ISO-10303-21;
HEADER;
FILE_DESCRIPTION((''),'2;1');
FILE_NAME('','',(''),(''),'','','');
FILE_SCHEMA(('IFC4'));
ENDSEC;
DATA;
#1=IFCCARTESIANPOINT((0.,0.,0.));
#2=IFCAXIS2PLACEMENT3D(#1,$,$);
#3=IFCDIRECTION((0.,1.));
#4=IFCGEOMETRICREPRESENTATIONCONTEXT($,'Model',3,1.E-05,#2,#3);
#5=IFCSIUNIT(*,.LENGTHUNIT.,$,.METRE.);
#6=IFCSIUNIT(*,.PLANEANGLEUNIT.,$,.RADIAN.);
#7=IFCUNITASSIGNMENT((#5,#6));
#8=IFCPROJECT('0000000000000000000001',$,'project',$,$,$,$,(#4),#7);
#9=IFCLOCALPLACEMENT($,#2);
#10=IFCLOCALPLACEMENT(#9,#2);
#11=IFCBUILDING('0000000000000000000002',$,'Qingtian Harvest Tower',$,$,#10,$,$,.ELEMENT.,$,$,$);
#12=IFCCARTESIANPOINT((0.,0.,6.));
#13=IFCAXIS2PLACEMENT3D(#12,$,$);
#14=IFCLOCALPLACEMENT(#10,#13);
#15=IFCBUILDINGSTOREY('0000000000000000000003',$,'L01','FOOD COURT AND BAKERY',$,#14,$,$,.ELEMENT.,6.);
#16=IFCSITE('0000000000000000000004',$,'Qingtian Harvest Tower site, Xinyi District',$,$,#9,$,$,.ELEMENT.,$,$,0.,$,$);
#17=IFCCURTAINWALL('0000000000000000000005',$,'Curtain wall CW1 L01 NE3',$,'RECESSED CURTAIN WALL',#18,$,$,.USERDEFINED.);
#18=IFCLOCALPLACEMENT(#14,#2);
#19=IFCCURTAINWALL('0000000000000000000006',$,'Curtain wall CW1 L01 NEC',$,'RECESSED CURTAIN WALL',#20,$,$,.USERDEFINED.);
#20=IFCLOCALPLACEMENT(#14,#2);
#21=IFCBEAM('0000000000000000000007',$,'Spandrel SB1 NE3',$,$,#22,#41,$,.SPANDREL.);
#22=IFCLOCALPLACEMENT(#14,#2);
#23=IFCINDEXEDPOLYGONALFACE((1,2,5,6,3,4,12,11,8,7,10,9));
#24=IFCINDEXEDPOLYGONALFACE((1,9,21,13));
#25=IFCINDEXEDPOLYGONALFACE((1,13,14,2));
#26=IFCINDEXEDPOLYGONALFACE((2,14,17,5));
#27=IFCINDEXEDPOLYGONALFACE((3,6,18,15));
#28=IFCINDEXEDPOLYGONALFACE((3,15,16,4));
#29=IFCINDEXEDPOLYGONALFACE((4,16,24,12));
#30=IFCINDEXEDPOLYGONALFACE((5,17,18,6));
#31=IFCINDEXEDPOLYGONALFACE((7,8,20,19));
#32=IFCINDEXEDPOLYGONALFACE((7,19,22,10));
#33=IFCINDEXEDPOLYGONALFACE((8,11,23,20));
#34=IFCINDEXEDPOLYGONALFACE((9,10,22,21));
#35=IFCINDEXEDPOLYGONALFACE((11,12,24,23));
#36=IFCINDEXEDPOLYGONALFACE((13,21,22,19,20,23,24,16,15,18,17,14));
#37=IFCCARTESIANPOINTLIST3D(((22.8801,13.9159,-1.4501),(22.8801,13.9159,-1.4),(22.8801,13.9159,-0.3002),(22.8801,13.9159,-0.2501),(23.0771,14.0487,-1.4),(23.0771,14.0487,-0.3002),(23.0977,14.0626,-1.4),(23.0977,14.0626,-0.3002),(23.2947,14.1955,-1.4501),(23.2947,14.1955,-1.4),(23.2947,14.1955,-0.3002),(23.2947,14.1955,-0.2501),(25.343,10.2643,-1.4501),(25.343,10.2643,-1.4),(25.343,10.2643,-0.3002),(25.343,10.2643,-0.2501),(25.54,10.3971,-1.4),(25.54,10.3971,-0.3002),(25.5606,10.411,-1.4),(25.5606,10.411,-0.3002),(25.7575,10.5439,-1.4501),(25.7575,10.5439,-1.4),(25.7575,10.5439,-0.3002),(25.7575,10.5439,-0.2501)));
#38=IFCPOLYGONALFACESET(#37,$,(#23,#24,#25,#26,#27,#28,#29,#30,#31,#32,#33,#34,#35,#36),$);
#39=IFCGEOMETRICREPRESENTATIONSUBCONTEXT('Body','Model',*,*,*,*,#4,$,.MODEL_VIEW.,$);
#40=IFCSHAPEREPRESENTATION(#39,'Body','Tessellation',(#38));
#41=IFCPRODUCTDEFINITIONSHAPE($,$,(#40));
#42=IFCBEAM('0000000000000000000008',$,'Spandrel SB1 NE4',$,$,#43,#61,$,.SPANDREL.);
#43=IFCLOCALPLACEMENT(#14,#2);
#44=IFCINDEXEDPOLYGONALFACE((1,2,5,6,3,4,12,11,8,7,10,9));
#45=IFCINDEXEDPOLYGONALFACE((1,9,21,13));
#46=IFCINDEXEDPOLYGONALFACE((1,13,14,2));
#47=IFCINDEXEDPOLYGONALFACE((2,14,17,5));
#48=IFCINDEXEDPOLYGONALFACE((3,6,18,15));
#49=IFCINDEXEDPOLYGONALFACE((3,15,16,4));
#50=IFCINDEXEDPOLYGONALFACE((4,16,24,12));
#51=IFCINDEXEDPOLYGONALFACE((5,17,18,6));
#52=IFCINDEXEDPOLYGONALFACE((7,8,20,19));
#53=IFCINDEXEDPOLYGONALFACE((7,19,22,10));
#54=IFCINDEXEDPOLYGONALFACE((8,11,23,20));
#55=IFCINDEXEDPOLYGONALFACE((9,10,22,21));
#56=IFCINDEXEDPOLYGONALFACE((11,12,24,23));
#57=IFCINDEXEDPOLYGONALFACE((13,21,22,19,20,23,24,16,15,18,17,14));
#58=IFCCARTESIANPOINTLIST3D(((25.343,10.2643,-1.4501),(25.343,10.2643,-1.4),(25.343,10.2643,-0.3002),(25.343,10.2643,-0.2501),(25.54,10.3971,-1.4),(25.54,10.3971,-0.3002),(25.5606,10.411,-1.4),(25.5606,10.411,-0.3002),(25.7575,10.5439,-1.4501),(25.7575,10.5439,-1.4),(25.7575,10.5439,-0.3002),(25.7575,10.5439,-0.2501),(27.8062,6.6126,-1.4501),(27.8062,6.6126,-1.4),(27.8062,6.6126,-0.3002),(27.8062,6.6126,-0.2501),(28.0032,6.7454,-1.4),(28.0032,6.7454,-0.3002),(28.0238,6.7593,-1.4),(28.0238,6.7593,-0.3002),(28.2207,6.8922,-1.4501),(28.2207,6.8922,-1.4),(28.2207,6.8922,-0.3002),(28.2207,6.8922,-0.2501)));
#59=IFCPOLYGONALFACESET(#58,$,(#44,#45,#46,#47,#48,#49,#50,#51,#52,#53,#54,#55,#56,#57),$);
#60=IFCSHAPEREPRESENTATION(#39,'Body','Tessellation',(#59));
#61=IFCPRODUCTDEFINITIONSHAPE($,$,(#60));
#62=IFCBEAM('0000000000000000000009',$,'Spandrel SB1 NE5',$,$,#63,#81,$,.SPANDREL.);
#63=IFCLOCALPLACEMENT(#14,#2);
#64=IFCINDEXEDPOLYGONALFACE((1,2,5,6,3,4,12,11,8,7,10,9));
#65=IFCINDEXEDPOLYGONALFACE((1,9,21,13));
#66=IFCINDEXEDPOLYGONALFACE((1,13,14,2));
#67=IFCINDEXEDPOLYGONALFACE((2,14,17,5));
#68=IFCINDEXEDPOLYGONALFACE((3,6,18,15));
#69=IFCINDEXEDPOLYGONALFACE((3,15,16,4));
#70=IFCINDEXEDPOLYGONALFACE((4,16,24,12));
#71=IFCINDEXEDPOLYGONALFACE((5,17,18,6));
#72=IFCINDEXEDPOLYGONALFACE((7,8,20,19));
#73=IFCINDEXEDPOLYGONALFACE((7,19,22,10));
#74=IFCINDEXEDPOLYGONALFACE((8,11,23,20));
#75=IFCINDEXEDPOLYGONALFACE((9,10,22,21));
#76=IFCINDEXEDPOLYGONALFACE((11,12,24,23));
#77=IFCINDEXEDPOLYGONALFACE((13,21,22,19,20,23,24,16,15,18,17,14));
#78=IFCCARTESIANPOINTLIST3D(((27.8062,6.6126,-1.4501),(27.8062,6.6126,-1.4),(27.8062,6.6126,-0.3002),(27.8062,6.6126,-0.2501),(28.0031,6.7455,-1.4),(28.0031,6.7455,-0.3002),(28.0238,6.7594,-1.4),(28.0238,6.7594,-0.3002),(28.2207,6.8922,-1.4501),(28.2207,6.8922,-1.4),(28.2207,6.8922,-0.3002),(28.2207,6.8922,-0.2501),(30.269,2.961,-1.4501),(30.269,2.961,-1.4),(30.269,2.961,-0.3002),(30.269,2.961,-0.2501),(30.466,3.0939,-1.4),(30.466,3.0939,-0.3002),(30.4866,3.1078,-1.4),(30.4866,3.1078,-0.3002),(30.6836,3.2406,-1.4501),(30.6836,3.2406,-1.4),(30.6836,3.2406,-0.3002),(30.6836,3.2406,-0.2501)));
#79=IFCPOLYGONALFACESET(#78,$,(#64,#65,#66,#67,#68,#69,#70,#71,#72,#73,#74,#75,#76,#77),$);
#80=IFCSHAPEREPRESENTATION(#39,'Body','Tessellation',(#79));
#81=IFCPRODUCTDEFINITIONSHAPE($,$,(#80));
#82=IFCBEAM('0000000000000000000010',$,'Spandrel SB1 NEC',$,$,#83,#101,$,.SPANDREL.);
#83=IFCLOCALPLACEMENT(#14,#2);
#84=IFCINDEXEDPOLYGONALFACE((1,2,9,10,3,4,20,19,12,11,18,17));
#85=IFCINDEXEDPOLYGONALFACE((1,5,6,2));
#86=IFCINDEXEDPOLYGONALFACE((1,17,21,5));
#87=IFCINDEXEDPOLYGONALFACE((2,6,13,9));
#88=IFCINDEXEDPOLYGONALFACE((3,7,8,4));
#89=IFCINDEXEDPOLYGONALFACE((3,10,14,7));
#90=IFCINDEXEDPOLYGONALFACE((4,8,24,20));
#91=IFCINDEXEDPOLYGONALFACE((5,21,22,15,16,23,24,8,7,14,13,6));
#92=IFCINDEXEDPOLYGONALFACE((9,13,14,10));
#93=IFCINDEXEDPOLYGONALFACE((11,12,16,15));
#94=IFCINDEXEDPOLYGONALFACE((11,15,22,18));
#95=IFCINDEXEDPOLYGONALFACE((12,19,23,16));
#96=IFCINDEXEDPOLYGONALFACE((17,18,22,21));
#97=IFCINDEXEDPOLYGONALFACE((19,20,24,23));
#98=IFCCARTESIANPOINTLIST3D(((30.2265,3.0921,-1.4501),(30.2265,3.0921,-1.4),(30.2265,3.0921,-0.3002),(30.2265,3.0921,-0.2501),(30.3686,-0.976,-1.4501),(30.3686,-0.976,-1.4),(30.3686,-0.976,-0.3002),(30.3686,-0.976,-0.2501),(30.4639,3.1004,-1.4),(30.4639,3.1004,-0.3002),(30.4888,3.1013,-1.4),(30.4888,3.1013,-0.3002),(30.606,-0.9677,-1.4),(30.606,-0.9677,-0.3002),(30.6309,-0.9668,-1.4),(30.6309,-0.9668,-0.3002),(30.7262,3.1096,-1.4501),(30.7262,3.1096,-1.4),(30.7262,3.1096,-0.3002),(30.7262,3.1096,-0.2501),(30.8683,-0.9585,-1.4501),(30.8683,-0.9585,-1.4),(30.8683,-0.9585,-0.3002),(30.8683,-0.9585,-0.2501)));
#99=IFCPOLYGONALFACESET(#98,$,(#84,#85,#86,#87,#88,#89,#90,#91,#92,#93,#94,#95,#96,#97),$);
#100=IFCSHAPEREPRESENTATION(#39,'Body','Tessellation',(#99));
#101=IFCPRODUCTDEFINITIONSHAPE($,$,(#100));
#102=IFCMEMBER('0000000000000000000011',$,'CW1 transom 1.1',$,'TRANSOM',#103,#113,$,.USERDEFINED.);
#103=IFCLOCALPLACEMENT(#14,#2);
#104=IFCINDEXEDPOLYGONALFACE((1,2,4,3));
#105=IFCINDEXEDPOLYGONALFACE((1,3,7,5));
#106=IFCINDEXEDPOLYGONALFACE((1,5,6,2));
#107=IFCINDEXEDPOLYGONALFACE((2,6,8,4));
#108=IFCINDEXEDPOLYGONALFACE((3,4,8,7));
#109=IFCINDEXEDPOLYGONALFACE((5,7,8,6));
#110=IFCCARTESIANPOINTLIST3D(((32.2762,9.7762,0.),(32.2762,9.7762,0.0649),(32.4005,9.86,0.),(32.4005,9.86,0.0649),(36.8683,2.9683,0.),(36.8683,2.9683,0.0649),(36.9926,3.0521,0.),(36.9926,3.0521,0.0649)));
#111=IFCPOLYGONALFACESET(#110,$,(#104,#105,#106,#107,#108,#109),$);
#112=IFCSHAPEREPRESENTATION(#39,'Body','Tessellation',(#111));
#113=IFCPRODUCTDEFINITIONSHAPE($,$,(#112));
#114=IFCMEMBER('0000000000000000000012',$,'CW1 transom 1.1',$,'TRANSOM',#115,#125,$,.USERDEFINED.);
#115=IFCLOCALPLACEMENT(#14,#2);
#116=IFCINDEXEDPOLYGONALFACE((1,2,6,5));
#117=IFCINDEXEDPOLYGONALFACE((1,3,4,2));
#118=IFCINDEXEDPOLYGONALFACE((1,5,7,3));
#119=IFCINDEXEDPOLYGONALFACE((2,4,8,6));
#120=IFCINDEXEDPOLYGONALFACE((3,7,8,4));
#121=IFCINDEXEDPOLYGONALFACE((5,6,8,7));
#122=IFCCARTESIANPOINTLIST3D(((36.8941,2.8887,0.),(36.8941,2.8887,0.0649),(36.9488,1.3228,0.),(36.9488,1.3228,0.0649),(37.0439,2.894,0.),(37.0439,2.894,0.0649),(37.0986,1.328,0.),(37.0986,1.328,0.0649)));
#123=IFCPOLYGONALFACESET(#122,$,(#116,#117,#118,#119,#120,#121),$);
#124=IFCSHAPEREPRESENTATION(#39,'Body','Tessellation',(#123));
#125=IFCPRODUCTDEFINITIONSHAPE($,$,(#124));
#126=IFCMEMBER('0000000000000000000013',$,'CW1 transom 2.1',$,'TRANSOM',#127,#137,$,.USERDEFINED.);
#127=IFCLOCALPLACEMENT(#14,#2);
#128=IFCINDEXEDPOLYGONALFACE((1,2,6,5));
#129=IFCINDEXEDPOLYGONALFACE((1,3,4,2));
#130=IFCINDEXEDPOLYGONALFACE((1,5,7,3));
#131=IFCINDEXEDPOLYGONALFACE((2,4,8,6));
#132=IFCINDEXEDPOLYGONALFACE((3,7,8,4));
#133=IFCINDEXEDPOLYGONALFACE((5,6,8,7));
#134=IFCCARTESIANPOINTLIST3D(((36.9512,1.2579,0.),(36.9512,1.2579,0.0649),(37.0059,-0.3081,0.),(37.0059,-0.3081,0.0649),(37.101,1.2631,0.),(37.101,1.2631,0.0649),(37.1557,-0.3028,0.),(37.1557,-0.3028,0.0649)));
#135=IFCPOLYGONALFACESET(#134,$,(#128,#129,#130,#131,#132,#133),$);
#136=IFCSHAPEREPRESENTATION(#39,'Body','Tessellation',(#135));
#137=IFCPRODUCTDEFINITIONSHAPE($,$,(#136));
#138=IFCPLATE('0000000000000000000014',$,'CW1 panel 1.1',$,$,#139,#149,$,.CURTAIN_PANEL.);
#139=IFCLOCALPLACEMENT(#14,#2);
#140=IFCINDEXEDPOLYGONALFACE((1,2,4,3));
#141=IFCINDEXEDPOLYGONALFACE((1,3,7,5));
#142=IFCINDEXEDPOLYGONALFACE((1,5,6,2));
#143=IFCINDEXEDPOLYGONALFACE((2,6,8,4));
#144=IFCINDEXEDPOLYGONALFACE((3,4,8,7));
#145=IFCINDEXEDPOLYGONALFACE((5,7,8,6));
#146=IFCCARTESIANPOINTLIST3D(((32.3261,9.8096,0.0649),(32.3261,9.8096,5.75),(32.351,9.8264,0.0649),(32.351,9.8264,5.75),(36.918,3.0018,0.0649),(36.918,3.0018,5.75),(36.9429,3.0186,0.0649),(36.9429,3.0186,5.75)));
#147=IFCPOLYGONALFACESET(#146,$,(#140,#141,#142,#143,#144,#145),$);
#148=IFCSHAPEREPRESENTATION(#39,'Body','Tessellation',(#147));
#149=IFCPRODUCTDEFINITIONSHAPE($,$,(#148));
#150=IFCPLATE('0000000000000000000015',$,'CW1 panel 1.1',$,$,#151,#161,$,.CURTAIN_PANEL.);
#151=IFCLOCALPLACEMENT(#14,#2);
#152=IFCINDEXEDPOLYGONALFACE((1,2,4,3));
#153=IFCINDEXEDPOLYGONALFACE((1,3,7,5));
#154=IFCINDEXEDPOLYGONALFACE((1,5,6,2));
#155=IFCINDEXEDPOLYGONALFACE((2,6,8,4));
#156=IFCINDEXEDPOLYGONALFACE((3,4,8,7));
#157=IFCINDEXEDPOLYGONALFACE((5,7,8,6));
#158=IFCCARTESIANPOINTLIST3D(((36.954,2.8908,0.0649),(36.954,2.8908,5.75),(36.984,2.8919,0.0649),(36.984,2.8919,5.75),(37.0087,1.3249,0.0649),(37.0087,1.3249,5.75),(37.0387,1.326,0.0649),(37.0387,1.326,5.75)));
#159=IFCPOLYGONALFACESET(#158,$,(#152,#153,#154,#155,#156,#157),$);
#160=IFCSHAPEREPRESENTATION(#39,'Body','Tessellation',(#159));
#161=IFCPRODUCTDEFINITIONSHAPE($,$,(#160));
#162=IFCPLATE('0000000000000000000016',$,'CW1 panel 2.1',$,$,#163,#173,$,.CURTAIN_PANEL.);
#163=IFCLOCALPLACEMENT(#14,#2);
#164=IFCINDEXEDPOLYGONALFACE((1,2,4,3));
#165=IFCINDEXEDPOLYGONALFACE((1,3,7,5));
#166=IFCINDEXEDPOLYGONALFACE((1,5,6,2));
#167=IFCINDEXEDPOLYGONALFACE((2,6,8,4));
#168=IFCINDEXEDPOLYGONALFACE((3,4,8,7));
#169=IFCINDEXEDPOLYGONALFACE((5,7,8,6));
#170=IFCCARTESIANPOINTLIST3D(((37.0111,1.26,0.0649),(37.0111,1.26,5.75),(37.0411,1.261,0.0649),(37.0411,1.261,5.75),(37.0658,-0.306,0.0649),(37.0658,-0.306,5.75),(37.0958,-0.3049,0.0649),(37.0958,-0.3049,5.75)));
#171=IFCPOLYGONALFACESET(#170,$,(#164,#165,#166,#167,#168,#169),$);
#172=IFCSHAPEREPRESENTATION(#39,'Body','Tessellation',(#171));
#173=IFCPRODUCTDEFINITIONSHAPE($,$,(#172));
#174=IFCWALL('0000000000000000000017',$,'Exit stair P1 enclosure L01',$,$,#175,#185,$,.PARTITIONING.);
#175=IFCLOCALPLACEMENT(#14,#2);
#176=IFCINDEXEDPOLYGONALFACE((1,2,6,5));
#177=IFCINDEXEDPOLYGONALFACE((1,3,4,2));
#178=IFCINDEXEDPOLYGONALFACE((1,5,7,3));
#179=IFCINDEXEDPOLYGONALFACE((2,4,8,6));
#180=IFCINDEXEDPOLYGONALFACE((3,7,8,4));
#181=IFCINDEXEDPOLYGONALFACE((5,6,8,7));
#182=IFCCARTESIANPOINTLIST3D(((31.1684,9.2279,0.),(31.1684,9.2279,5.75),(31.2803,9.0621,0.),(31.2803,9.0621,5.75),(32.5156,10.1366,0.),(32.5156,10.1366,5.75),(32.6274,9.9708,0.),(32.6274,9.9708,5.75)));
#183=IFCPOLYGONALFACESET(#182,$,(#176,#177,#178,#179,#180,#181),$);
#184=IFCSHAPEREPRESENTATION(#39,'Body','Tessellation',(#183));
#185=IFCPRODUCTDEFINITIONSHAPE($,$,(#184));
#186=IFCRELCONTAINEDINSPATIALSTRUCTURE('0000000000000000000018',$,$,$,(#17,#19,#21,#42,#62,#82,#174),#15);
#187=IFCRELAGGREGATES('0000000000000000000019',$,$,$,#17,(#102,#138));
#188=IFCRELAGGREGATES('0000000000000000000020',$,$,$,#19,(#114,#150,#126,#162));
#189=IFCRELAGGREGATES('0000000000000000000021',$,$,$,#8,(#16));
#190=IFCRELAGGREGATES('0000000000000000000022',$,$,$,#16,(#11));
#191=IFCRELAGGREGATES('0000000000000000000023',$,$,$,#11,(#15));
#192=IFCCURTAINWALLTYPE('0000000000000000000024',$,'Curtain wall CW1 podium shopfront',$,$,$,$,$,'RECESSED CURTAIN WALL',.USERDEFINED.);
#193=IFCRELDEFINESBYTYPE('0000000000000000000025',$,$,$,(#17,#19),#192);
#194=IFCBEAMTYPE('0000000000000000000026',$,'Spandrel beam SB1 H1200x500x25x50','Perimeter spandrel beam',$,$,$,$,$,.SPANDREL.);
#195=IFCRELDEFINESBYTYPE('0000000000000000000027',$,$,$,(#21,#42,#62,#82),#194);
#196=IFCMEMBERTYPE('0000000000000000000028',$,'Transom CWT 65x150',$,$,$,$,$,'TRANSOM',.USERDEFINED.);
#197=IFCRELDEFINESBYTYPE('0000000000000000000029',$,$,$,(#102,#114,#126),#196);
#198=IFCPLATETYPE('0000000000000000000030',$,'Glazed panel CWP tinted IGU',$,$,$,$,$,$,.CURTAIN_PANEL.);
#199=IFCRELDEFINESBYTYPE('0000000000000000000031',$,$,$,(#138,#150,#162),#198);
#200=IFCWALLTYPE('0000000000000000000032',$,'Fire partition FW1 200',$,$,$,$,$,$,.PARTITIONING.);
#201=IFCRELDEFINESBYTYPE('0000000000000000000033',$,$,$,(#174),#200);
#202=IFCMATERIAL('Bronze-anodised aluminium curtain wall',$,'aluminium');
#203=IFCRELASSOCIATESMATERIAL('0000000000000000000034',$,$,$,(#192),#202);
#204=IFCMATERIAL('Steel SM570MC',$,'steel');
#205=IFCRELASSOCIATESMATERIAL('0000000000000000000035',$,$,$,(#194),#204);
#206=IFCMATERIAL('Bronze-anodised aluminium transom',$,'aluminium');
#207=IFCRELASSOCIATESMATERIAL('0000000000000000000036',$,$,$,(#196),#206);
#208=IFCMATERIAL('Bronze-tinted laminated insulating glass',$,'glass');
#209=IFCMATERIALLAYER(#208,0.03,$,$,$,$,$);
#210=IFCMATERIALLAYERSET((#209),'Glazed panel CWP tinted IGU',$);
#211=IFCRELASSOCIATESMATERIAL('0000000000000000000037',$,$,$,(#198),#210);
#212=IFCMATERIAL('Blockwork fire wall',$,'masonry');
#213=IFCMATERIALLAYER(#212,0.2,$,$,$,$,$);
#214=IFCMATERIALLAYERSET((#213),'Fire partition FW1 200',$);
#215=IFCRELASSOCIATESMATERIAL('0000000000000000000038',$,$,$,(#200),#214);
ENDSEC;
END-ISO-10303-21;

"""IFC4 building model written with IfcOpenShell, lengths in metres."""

from ifc_helpers import new_model, si_unit, direction, frame, frame_2d, origin, origin_2d, place, context, subcontext, project, spatial, rectangle, i_section, extrude, material, layer, layer_set, material_profile, profile_set, type_object, element, aggregate, save


model = new_model("IFC4")

# Units and contexts
model_context = context("Model", 3, precision=1e-05, world=origin(), true_north=direction((0.0, 1.0)))
body_context = subcontext(model_context, "Body", "Model", "MODEL_VIEW")
ifc_project = project(units=[si_unit("LENGTHUNIT", "METRE"), si_unit("PLANEANGLEUNIT", "RADIAN")], contexts=[model_context])

# Site, building, storey
site_placement = place(None, origin())
site = spatial("IfcSite", under=ifc_project, at=site_placement, Name="Qingtian Harvest Tower site, Xinyi District", CompositionType="ELEMENT", RefElevation=0.0)
building_placement = place(site_placement, origin())
building = spatial("IfcBuilding", under=site, at=building_placement, Name="Qingtian Harvest Tower", CompositionType="ELEMENT")
storey_placement = place(building_placement, frame((0.0, 0.0, 6.0)))
storey = spatial("IfcBuildingStorey", under=building, at=storey_placement, Name="L01", Description="FOOD COURT AND BAKERY", CompositionType="ELEMENT", Elevation=6.0)

# Curtain walls
ifc_material_1 = material(Name="Bronze-anodised aluminium curtain wall", Category="aluminium")
curtain_wall_type = type_object("IfcCurtainWallType", Name="Curtain wall CW1 podium shopfront", ElementType="RECESSED CURTAIN WALL", PredefinedType="USERDEFINED", material=ifc_material_1)
curtain_wall_1_placement = place(storey_placement, origin())
curtain_wall_1 = element("IfcCurtainWall", 1, at=curtain_wall_1_placement, inside=storey, type_object=curtain_wall_type, Name="Curtain wall CW1 L01 NE3", ObjectType="RECESSED CURTAIN WALL", PredefinedType="USERDEFINED")
curtain_wall_2_placement = place(storey_placement, origin())
curtain_wall_2 = element("IfcCurtainWall", 2, at=curtain_wall_2_placement, inside=storey, type_object=curtain_wall_type, Name="Curtain wall CW1 L01 NEC", ObjectType="RECESSED CURTAIN WALL", PredefinedType="USERDEFINED")

# Beams
ifc_material_2 = material(Name="Steel SM570MC", Category="steel")
ifc_material_profile_1 = material_profile(ifc_material_2, i_section(OverallWidth=0.5, OverallDepth=1.2, WebThickness=0.0249, FlangeThickness=0.05, at=origin_2d()), Name="H1200x500x25x50")
ifc_profile_set_1 = profile_set([ifc_material_profile_1], Name="Steel SM570MC")
beam_type_1 = type_object("IfcBeamType", Name="Spandrel beam SB1 H1200x500x25x50", Description="Perimeter spandrel beam", PredefinedType="SPANDREL", material=ifc_profile_set_1)
beam_1_placement = place(storey_placement, frame((23.0874, 14.0557, -0.8501), z_axis=(0.559169, -0.829054, 0.0), x_axis=(0.829054, 0.559169, 0.0)))
element("IfcBeam", 3, at=beam_1_placement, inside=storey, type_object=beam_type_1, Name="Spandrel SB1 NE3", PredefinedType="SPANDREL", context=body_context, shape_type="SweptSolid", body=[
    extrude(i_section(OverallWidth=0.5, OverallDepth=1.2, WebThickness=0.0249, FlangeThickness=0.05, at=origin_2d()), origin(), (0.0, 0.0, 1.0), 4.4045),
])
beam_2_placement = place(storey_placement, frame((25.5503, 10.4041, -0.8501), z_axis=(0.559207, -0.829028, 0.0), x_axis=(0.829028, 0.559207, 0.0)))
element("IfcBeam", 4, at=beam_2_placement, inside=storey, type_object=beam_type_1, Name="Spandrel SB1 NE4", PredefinedType="SPANDREL", context=body_context, shape_type="SweptSolid", body=[
    extrude(i_section(OverallWidth=0.5, OverallDepth=1.2, WebThickness=0.0249, FlangeThickness=0.05, at=origin_2d()), origin(), (0.0, 0.0, 1.0), 4.4048),
])
beam_3_placement = place(storey_placement, frame((28.0134, 6.7524, -0.8501), z_axis=(0.559169, -0.829054, 0.0), x_axis=(0.829054, 0.559169, 0.0)))
element("IfcBeam", 5, at=beam_3_placement, inside=storey, type_object=beam_type_1, Name="Spandrel SB1 NE5", PredefinedType="SPANDREL", context=body_context, shape_type="SweptSolid", body=[
    extrude(i_section(OverallWidth=0.5, OverallDepth=1.2, WebThickness=0.0249, FlangeThickness=0.05, at=origin_2d()), origin(), (0.0, 0.0, 1.0), 4.4045),
])
beam_4_placement = place(storey_placement, frame((30.4763, 3.1008, -0.8501), z_axis=(0.034906, -0.999391, 0.0), x_axis=(0.999391, 0.034906, 0.0)))
element("IfcBeam", 6, at=beam_4_placement, inside=storey, type_object=beam_type_1, Name="Spandrel SB1 NEC", PredefinedType="SPANDREL", context=body_context, shape_type="SweptSolid", body=[
    extrude(i_section(OverallWidth=0.5, OverallDepth=1.2, WebThickness=0.0249, FlangeThickness=0.05, at=origin_2d()), origin(), (0.0, 0.0, 1.0), 4.0706),
])

# Members
ifc_material_3 = material(Name="Bronze-anodised aluminium transom", Category="aluminium")
ifc_material_profile_2 = material_profile(ifc_material_3, rectangle(XDim=0.1499, YDim=0.0649, at=origin_2d()), Name="AL 65x150")
ifc_profile_set_2 = profile_set([ifc_material_profile_2], Name="Bronze-anodised aluminium transom")
member_type_1 = type_object("IfcMemberType", Name="Transom CWT 65x150", ElementType="TRANSOM", PredefinedType="USERDEFINED", material=ifc_profile_set_2)
member_1_placement = place(storey_placement, frame((32.3384, 9.8181, 0.0325), z_axis=(0.5592, -0.829033, 0.0), x_axis=(0.829033, 0.5592, 0.0)))
member_1 = element("IfcMember", 7, at=member_1_placement, type_object=member_type_1, Name="CW1 transom 1.1", ObjectType="TRANSOM", PredefinedType="USERDEFINED", context=body_context, shape_type="SweptSolid", body=[
    extrude(rectangle(XDim=0.1499, YDim=0.0649, at=origin_2d()), origin(), (0.0, 0.0, 1.0), 8.2119),
])
member_2_placement = place(storey_placement, frame((36.969, 2.8914, 0.0325), z_axis=(0.034902, -0.999391, 0.0), x_axis=(0.999391, 0.034902, 0.0)))
member_2 = element("IfcMember", 8, at=member_2_placement, type_object=member_type_1, Name="CW1 transom 1.1", ObjectType="TRANSOM", PredefinedType="USERDEFINED", context=body_context, shape_type="SweptSolid", body=[
    extrude(rectangle(XDim=0.1499, YDim=0.0649, at=origin_2d()), origin(), (0.0, 0.0, 1.0), 1.5669),
])
member_3_placement = place(storey_placement, frame((37.0261, 1.2605, 0.0325), z_axis=(0.034902, -0.999391, 0.0), x_axis=(0.999391, 0.034902, 0.0)))
member_3 = element("IfcMember", 9, at=member_3_placement, type_object=member_type_1, Name="CW1 transom 2.1", ObjectType="TRANSOM", PredefinedType="USERDEFINED", context=body_context, shape_type="SweptSolid", body=[
    extrude(rectangle(XDim=0.1499, YDim=0.0649, at=origin_2d()), origin(), (0.0, 0.0, 1.0), 1.5669),
])

# Plates
ifc_material_4 = material(Name="Bronze-tinted laminated insulating glass", Category="glass")
ifc_layer_1 = layer(ifc_material_4, 0.03)
ifc_layer_set_1 = layer_set([ifc_layer_1], Name="Glazed panel CWP tinted IGU")
plate_type = type_object("IfcPlateType", Name="Glazed panel CWP tinted IGU", PredefinedType="CURTAIN_PANEL", material=ifc_layer_set_1)
plate_1_placement = place(storey_placement, frame((34.6345, 6.4141, 0.0649), z_axis=(0.0, 0.0, 1.0), x_axis=(0.559193, -0.829038, 0.0)))
plate_1 = element("IfcPlate", 10, at=plate_1_placement, type_object=plate_type, Name="CW1 panel 1.1", PredefinedType="CURTAIN_PANEL", context=body_context, shape_type="SweptSolid", body=[
    extrude(rectangle(XDim=8.2117, YDim=0.03, at=origin_2d()), origin(), (0.0, 0.0, 1.0), 5.6851),
])
aggregate(curtain_wall_1, [member_1, plate_1])
plate_2_placement = place(storey_placement, frame((36.9963, 2.1084, 0.0649), z_axis=(0.0, 0.0, 1.0), x_axis=(0.034899, -0.999391, 0.0)))
plate_2 = element("IfcPlate", 11, at=plate_2_placement, type_object=plate_type, Name="CW1 panel 1.1", PredefinedType="CURTAIN_PANEL", context=body_context, shape_type="SweptSolid", body=[
    extrude(rectangle(XDim=1.5669, YDim=0.03, at=origin_2d()), origin(), (0.0, 0.0, 1.0), 5.6851),
])
plate_3_placement = place(storey_placement, frame((37.0535, 0.4775, 0.0649), z_axis=(0.0, 0.0, 1.0), x_axis=(0.034899, -0.999391, 0.0)))
plate_3 = element("IfcPlate", 12, at=plate_3_placement, type_object=plate_type, Name="CW1 panel 2.1", PredefinedType="CURTAIN_PANEL", context=body_context, shape_type="SweptSolid", body=[
    extrude(rectangle(XDim=1.5669, YDim=0.03, at=origin_2d()), origin(), (0.0, 0.0, 1.0), 5.6851),
])
aggregate(curtain_wall_2, [member_2, plate_2, member_3, plate_3])

# Wall
ifc_material_5 = material(Name="Blockwork fire wall", Category="masonry")
ifc_layer_2 = layer(ifc_material_5, 0.2)
ifc_layer_set_2 = layer_set([ifc_layer_2], Name="Fire partition FW1 200")
wall_type = type_object("IfcWallType", Name="Fire partition FW1 200", PredefinedType="PARTITIONING", material=ifc_layer_set_2)
wall_1_placement = place(storey_placement, frame((32.5715, 10.0537, 0.0), z_axis=(0.0, 0.0, 1.0), x_axis=(-0.829033, -0.559199, 0.0)))
element("IfcWall", 13, at=wall_1_placement, inside=storey, type_object=wall_type, Name="Exit stair P1 enclosure L01", PredefinedType="PARTITIONING", context=body_context, shape_type="SweptSolid", body=[
    extrude(rectangle(XDim=1.625, YDim=0.2, at=frame_2d((0.8125, 0.0))), origin(), (0.0, 0.0, 1.0), 5.75),
])

save(model, "model.ifc")
